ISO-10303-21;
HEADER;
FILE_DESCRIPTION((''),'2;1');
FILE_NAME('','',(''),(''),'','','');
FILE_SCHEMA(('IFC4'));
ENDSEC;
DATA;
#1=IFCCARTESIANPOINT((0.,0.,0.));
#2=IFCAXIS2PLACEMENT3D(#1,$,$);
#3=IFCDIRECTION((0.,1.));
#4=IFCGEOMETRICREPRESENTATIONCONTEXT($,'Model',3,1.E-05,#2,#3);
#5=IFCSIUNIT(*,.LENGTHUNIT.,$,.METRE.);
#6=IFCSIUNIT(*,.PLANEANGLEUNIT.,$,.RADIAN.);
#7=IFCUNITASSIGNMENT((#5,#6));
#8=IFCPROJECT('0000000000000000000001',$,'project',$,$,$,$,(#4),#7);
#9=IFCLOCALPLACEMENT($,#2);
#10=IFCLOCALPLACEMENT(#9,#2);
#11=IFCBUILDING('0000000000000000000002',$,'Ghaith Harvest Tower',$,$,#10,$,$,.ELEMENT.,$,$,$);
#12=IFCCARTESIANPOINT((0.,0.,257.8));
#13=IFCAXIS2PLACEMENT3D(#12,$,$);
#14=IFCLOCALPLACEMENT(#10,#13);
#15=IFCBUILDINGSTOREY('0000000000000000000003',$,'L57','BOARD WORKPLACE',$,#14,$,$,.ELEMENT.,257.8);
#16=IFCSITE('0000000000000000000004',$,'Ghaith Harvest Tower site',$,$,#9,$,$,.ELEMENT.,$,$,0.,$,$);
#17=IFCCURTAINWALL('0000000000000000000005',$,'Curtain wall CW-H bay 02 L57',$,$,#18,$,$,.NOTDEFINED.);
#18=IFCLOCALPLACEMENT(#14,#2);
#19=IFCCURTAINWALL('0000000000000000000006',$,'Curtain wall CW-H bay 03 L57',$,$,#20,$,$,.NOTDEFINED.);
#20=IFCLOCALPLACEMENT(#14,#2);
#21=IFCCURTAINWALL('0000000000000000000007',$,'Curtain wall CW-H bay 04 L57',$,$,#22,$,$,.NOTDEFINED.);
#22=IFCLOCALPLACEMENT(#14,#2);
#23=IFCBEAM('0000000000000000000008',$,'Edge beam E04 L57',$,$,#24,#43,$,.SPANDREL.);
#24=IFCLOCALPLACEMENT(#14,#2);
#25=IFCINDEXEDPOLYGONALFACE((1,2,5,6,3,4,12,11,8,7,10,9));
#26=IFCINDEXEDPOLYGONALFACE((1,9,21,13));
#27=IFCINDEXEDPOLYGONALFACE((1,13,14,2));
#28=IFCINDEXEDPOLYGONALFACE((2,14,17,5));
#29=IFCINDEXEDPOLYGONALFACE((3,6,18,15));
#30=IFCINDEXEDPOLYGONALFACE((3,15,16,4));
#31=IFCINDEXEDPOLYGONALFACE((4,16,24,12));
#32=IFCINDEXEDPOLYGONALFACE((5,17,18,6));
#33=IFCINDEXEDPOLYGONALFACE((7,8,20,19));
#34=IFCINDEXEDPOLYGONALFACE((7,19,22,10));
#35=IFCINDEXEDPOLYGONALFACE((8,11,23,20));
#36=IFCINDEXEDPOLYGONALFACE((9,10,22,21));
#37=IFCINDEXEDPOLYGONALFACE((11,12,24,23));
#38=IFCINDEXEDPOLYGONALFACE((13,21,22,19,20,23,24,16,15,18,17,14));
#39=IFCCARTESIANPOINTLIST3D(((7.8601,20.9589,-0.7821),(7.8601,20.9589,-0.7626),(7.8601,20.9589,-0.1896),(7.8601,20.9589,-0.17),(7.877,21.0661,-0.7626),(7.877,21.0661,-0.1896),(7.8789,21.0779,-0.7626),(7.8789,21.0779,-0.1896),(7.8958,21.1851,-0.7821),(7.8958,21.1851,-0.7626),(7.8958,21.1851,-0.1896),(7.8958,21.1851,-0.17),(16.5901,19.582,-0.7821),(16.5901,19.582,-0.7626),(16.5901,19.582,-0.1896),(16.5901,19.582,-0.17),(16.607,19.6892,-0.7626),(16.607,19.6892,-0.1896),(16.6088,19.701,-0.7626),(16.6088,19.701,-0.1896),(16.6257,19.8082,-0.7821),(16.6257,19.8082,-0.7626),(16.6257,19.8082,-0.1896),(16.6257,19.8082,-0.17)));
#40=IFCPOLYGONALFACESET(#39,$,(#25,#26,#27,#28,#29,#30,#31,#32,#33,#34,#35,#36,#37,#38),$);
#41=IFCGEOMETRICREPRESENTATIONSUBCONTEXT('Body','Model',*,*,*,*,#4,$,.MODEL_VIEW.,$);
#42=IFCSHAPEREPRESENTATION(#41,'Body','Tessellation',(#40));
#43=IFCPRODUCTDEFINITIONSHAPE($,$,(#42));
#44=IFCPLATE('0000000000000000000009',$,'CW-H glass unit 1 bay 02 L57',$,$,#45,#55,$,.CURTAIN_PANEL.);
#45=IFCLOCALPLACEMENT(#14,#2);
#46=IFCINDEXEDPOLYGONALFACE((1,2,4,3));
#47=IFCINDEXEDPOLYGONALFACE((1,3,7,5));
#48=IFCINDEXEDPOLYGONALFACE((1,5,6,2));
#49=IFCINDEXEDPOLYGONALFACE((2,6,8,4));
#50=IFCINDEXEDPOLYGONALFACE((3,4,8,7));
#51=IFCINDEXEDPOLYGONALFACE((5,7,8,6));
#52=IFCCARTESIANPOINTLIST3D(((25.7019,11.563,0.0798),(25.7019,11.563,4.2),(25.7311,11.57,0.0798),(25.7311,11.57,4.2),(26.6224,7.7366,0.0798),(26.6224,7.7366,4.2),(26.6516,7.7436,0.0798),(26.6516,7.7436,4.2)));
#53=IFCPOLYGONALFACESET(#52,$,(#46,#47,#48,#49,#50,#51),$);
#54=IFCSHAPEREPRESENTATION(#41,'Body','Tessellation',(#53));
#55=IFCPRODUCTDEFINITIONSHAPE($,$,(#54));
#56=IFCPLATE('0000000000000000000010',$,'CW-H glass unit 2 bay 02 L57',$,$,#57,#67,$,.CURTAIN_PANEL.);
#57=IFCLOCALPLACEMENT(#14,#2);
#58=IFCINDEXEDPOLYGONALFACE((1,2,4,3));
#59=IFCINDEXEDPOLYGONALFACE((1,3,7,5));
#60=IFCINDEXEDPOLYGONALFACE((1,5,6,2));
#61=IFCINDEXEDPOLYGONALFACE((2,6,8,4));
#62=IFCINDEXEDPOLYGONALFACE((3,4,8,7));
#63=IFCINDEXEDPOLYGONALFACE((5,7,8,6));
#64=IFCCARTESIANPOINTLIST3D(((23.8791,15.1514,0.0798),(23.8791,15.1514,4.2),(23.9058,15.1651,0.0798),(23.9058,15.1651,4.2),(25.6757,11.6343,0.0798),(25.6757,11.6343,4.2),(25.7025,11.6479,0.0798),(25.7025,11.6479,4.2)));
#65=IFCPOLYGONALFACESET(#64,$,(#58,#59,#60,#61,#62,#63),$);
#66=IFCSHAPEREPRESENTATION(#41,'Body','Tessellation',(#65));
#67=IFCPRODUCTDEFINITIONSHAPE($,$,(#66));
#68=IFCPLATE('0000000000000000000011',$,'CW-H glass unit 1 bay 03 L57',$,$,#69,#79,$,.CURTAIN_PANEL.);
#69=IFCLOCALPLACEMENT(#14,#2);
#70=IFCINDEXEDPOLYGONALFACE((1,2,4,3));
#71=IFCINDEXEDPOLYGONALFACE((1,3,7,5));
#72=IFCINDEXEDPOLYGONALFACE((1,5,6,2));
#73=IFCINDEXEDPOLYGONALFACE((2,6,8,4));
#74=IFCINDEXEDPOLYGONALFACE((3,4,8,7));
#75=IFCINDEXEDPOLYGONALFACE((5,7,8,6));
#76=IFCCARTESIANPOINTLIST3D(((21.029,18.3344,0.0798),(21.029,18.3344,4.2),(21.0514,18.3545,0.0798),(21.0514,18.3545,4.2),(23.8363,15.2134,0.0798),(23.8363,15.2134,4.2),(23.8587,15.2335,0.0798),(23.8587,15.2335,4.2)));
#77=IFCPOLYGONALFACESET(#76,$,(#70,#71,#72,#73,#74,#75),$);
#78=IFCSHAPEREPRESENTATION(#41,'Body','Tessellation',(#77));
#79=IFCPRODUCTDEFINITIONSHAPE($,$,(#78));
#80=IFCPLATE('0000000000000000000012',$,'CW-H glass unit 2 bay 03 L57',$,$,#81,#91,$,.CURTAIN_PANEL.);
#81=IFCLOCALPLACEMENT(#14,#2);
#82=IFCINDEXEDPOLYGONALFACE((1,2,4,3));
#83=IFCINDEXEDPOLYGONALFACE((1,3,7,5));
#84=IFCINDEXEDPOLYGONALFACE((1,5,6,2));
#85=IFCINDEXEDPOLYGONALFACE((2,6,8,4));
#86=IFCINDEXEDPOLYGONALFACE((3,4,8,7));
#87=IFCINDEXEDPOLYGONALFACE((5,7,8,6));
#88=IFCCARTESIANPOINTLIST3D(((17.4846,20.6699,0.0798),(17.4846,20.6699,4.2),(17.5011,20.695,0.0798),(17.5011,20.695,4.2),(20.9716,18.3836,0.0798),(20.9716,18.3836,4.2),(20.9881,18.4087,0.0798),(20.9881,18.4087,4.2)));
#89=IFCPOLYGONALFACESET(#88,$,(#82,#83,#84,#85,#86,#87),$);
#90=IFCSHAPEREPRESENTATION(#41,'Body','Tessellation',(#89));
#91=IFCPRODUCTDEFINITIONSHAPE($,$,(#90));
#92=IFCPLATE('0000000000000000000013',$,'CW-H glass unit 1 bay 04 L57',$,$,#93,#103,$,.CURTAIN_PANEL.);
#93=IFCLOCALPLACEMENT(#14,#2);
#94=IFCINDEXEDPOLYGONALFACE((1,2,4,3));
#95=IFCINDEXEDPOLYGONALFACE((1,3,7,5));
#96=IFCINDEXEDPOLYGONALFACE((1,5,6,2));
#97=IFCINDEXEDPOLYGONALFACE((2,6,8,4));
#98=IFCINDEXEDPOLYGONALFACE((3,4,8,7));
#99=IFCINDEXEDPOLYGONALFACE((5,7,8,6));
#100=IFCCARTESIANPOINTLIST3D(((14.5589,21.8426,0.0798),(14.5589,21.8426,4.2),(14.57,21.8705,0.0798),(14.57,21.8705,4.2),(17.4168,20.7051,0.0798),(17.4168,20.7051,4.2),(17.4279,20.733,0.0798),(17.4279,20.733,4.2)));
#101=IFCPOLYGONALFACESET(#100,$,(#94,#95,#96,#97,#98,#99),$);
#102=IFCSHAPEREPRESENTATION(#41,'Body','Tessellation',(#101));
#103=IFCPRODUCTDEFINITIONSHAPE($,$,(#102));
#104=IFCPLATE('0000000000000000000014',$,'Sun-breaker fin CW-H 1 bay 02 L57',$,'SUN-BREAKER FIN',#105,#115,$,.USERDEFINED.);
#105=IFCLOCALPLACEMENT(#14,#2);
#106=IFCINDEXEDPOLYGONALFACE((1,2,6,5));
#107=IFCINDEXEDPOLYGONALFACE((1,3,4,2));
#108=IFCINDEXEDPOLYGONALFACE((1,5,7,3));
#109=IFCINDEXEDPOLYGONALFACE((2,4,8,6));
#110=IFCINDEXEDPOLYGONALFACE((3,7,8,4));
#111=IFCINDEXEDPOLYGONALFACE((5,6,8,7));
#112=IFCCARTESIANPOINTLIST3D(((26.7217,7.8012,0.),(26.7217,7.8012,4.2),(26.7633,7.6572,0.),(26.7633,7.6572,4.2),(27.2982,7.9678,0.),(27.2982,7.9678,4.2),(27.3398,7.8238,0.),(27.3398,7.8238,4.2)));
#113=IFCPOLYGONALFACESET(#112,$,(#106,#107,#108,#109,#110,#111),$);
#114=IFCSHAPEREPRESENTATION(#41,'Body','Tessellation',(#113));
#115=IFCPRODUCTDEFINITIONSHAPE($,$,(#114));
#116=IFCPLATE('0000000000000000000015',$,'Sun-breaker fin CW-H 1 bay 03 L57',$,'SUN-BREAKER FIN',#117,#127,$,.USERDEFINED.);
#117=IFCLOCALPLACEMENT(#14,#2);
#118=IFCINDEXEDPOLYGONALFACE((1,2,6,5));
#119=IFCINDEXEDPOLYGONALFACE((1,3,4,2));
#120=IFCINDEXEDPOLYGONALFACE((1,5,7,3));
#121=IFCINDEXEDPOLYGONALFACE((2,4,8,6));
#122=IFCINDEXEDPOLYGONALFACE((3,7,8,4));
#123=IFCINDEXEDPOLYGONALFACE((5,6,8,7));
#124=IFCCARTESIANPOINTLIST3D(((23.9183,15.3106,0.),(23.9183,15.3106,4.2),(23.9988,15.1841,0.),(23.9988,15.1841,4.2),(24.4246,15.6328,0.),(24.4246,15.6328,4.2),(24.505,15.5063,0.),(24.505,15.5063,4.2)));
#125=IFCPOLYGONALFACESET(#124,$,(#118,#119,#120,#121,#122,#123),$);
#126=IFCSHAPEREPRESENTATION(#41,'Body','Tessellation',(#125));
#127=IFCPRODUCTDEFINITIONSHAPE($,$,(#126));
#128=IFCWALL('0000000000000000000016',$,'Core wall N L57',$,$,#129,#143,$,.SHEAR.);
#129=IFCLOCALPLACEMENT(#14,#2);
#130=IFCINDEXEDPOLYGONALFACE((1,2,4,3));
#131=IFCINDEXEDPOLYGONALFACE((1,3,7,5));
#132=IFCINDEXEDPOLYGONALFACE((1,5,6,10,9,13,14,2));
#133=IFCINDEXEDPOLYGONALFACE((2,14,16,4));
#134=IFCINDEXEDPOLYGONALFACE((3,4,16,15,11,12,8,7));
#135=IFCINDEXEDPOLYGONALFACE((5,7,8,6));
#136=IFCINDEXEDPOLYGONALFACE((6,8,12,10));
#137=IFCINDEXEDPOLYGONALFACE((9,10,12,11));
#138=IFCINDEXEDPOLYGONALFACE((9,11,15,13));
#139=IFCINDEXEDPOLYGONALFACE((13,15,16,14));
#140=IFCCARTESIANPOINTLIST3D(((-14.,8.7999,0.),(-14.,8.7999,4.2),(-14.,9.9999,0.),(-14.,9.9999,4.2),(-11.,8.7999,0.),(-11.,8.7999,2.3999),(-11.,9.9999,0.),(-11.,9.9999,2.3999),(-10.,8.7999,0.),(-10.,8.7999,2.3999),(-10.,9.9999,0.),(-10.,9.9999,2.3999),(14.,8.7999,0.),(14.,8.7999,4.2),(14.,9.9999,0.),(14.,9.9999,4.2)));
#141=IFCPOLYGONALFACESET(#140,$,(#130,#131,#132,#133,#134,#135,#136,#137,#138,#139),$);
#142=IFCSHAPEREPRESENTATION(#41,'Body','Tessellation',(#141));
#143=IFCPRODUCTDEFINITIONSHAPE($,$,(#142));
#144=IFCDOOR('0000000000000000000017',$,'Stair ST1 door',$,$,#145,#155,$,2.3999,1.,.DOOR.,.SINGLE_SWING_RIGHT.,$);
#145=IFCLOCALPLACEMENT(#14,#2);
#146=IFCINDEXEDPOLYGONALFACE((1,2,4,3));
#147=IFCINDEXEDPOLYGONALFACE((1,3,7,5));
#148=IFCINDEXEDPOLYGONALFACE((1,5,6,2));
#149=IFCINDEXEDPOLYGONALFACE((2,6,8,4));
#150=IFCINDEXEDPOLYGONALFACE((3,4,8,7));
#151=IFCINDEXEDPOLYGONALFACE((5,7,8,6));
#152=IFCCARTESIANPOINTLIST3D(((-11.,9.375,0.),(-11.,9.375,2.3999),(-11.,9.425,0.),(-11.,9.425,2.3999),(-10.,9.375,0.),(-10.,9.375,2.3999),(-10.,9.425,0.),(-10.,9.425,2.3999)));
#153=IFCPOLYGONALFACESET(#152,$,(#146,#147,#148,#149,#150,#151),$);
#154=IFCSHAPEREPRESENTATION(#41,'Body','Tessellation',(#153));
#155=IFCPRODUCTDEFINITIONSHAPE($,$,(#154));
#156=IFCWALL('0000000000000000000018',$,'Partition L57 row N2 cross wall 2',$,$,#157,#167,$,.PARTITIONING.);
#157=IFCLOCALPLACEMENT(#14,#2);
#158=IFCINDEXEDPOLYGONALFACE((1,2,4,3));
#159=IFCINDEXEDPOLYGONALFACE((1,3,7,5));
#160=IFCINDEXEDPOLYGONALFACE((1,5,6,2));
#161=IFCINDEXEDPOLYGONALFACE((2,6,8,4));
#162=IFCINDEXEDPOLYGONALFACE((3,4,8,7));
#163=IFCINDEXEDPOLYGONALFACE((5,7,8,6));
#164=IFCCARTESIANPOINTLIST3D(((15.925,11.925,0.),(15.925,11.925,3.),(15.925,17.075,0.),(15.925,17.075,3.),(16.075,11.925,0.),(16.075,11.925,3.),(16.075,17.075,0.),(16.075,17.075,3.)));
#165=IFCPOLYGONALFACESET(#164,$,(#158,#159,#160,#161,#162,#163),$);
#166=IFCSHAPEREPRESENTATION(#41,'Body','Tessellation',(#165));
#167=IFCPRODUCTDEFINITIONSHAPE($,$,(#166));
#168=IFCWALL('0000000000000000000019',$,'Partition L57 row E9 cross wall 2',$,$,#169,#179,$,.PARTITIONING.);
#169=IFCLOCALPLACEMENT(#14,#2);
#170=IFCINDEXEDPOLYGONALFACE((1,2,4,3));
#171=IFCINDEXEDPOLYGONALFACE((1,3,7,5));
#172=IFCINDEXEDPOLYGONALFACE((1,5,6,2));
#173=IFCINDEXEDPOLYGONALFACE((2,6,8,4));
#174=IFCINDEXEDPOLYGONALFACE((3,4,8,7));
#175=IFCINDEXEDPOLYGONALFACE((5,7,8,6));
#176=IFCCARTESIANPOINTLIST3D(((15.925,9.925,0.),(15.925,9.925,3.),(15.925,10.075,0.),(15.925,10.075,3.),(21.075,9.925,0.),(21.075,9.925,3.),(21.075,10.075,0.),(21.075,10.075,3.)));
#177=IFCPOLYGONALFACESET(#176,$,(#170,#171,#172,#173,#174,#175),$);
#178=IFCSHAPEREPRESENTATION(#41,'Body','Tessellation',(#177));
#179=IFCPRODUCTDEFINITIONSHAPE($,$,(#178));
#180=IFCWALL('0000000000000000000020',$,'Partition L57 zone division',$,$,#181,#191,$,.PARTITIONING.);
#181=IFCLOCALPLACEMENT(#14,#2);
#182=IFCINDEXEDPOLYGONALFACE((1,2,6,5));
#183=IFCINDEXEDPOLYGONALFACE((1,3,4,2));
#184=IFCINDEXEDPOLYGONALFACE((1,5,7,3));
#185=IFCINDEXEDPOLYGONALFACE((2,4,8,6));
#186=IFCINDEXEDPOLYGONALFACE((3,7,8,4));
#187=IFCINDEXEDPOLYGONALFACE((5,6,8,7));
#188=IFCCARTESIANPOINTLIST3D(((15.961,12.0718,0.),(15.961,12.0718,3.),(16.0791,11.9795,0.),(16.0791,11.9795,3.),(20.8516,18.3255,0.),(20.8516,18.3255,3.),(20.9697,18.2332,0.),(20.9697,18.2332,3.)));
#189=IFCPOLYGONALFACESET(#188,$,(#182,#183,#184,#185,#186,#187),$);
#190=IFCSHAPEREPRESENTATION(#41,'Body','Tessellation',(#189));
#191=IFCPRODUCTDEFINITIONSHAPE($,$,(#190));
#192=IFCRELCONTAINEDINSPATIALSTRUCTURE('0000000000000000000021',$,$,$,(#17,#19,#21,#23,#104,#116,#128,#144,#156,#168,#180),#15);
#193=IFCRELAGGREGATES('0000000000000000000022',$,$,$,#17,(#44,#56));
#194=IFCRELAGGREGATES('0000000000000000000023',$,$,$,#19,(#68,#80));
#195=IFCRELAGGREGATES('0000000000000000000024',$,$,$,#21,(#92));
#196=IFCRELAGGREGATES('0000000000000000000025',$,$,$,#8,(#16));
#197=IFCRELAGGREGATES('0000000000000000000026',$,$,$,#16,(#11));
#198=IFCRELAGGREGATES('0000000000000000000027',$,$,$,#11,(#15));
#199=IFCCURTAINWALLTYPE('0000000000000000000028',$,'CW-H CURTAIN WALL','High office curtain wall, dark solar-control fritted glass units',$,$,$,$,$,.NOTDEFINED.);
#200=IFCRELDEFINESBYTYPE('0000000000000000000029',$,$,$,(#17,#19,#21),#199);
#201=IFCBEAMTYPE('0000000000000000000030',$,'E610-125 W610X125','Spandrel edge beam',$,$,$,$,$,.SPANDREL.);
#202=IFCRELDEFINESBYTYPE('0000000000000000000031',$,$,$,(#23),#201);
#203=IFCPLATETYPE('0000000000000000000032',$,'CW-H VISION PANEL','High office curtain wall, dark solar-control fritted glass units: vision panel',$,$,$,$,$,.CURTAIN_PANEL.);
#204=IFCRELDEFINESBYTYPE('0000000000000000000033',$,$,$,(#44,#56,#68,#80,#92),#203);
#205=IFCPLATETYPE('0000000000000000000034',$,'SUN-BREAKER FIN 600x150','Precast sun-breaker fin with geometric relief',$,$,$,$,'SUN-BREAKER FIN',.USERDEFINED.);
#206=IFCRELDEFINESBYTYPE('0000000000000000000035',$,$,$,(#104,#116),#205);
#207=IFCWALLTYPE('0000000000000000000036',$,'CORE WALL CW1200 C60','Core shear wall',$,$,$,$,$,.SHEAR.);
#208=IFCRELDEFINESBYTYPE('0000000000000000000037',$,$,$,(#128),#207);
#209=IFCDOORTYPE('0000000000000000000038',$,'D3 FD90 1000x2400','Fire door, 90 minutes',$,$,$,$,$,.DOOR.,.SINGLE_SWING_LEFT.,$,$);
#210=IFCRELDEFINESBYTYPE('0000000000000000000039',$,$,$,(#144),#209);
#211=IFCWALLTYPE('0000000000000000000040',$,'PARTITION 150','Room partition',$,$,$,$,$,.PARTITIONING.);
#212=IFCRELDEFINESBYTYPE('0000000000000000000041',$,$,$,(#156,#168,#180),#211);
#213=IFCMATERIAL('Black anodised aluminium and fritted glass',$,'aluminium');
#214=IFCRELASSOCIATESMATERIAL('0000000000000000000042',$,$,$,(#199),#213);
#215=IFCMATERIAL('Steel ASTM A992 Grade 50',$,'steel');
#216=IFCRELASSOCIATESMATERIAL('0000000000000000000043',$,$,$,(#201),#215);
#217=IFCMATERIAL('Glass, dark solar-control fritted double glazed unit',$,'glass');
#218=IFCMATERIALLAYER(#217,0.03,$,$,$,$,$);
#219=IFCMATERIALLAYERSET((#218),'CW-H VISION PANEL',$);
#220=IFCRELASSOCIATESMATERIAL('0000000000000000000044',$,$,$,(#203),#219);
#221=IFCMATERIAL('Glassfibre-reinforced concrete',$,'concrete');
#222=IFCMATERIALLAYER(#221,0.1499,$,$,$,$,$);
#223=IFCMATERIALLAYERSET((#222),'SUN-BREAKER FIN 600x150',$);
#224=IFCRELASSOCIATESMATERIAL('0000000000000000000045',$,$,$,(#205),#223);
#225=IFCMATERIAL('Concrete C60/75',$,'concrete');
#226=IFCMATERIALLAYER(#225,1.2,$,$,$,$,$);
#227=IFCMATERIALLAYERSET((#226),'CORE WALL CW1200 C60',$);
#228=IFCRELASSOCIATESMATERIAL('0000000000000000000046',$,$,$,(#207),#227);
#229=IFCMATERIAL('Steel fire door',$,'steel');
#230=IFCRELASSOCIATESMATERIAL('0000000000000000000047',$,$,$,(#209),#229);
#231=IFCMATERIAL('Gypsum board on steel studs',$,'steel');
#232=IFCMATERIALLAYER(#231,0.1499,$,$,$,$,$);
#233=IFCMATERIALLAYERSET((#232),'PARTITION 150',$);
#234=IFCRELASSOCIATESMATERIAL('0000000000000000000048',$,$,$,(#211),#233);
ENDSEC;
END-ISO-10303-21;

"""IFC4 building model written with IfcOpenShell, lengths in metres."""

from ifc_helpers import new_model, si_unit, direction, frame, frame_2d, origin, origin_2d, place, context, subcontext, project, spatial, rectangle, i_section, extrude, material, layer, layer_set, material_profile, profile_set, type_object, element, fill, aggregate, save


model = new_model("IFC4")

# Units and contexts
model_context = context("Model", 3, precision=1e-05, world=origin(), true_north=direction((0.0, 1.0)))
body_context = subcontext(model_context, "Body", "Model", "MODEL_VIEW")
ifc_project = project(units=[si_unit("LENGTHUNIT", "METRE"), si_unit("PLANEANGLEUNIT", "RADIAN")], contexts=[model_context])

# Site, building, storey
site_placement = place(None, origin())
site = spatial("IfcSite", under=ifc_project, at=site_placement, Name="Ghaith Harvest Tower site", CompositionType="ELEMENT", RefElevation=0.0)
building_placement = place(site_placement, origin())
building = spatial("IfcBuilding", under=site, at=building_placement, Name="Ghaith Harvest Tower", CompositionType="ELEMENT")
storey_placement = place(building_placement, frame((0.0, 0.0, 257.8)))
storey = spatial("IfcBuildingStorey", under=building, at=storey_placement, Name="L57", Description="BOARD WORKPLACE", CompositionType="ELEMENT", Elevation=257.8)

# Curtain wall
ifc_material_1 = material(Name="Black anodised aluminium and fritted glass", Category="aluminium")
curtain_wall_type = type_object("IfcCurtainWallType", Name="CW-H CURTAIN WALL", Description="High office curtain wall, dark solar-control fritted glass units", PredefinedType="NOTDEFINED", material=ifc_material_1)
curtain_wall_1_placement = place(storey_placement, origin())
curtain_wall_1 = element("IfcCurtainWall", 1, at=curtain_wall_1_placement, inside=storey, type_object=curtain_wall_type, Name="Curtain wall CW-H bay 02 L57", PredefinedType="NOTDEFINED")

# Curtain walls
curtain_wall_2_placement = place(storey_placement, origin())
curtain_wall_2 = element("IfcCurtainWall", 2, at=curtain_wall_2_placement, inside=storey, type_object=curtain_wall_type, Name="Curtain wall CW-H bay 03 L57", PredefinedType="NOTDEFINED")
curtain_wall_3_placement = place(storey_placement, origin())
curtain_wall_3 = element("IfcCurtainWall", 3, at=curtain_wall_3_placement, inside=storey, type_object=curtain_wall_type, Name="Curtain wall CW-H bay 04 L57", PredefinedType="NOTDEFINED")

# Beam
ifc_material_2 = material(Name="Steel ASTM A992 Grade 50", Category="steel")
ifc_material_profile_1 = material_profile(ifc_material_2, i_section(OverallWidth=0.229, OverallDepth=0.6121, WebThickness=0.012, FlangeThickness=0.0195, at=origin_2d()), Name="W610X125")
ifc_profile_set_1 = profile_set([ifc_material_profile_1], Name="Steel ASTM A992 Grade 50")
beam_type = type_object("IfcBeamType", Name="E610-125 W610X125", Description="Spandrel edge beam", PredefinedType="SPANDREL", material=ifc_profile_set_1)
beam_1_placement = place(storey_placement, frame((16.6079, 19.6951, -0.4761), z_axis=(-0.987788, 0.155801, 0.0), x_axis=(-0.155801, -0.987788, 0.0)))
element("IfcBeam", 4, at=beam_1_placement, inside=storey, type_object=beam_type, Name="Edge beam E04 L57", PredefinedType="SPANDREL", context=body_context, shape_type="SweptSolid", body=[
    extrude(i_section(OverallWidth=0.229, OverallDepth=0.6121, WebThickness=0.012, FlangeThickness=0.0195, at=origin_2d()), origin(), (0.0, 0.0, 1.0), 8.8379),
])

# Plates
ifc_material_3 = material(Name="Glass, dark solar-control fritted double glazed unit", Category="glass")
ifc_layer_1 = layer(ifc_material_3, 0.03)
ifc_layer_set_1 = layer_set([ifc_layer_1], Name="CW-H VISION PANEL")
plate_type_1 = type_object("IfcPlateType", Name="CW-H VISION PANEL", Description="High office curtain wall, dark solar-control fritted glass units: vision panel", PredefinedType="CURTAIN_PANEL", material=ifc_layer_set_1)
plate_1_placement = place(storey_placement, frame((26.1768, 9.6533, 0.0798), z_axis=(0.0, 0.0, 1.0), x_axis=(-0.233894, 0.972262, 0.0)))
plate_1 = element("IfcPlate", 5, at=plate_1_placement, type_object=plate_type_1, Name="CW-H glass unit 1 bay 02 L57", PredefinedType="CURTAIN_PANEL", context=body_context, shape_type="SweptSolid", body=[
    extrude(rectangle(XDim=3.9355, YDim=0.03, at=origin_2d()), origin(), (0.0, 0.0, 1.0), 4.1201),
])
plate_2_placement = place(storey_placement, frame((24.7908, 13.3997, 0.0798), z_axis=(0.0, 0.0, 1.0), x_axis=(-0.454915, 0.890535, 0.0)))
plate_2 = element("IfcPlate", 6, at=plate_2_placement, type_object=plate_type_1, Name="CW-H glass unit 2 bay 02 L57", PredefinedType="CURTAIN_PANEL", context=body_context, shape_type="SweptSolid", body=[
    extrude(rectangle(XDim=3.9495, YDim=0.03, at=origin_2d()), origin(), (0.0, 0.0, 1.0), 4.1201),
])
aggregate(curtain_wall_1, [plate_1, plate_2])
plate_3_placement = place(storey_placement, frame((22.4438, 16.7839, 0.0798), z_axis=(0.0, 0.0, 1.0), x_axis=(-0.668758, 0.74348, 0.0)))
plate_3 = element("IfcPlate", 7, at=plate_3_placement, type_object=plate_type_1, Name="CW-H glass unit 1 bay 03 L57", PredefinedType="CURTAIN_PANEL", context=body_context, shape_type="SweptSolid", body=[
    extrude(rectangle(XDim=4.1978, YDim=0.03, at=origin_2d()), origin(), (0.0, 0.0, 1.0), 4.1201),
])
plate_4_placement = place(storey_placement, frame((19.2363, 19.5393, 0.0798), z_axis=(0.0, 0.0, 1.0), x_axis=(-0.836277, 0.548308, 0.0)))
plate_4 = element("IfcPlate", 8, at=plate_4_placement, type_object=plate_type_1, Name="CW-H glass unit 2 bay 03 L57", PredefinedType="CURTAIN_PANEL", context=body_context, shape_type="SweptSolid", body=[
    extrude(rectangle(XDim=4.1697, YDim=0.03, at=origin_2d()), origin(), (0.0, 0.0, 1.0), 4.1201),
])
aggregate(curtain_wall_2, [plate_3, plate_4])
plate_5_placement = place(storey_placement, frame((15.9934, 21.2878, 0.0798), z_axis=(0.0, 0.0, 1.0), x_axis=(-0.929107, 0.36981, 0.0)))
plate_5 = element("IfcPlate", 9, at=plate_5_placement, type_object=plate_type_1, Name="CW-H glass unit 1 bay 04 L57", PredefinedType="CURTAIN_PANEL", context=body_context, shape_type="SweptSolid", body=[
    extrude(rectangle(XDim=3.0759, YDim=0.03, at=origin_2d()), origin(), (0.0, 0.0, 1.0), 4.1201),
])
aggregate(curtain_wall_3, [plate_5])

# Plates
ifc_material_4 = material(Name="Glassfibre-reinforced concrete", Category="concrete")
ifc_layer_2 = layer(ifc_material_4, 0.1499)
ifc_layer_set_2 = layer_set([ifc_layer_2], Name="SUN-BREAKER FIN 600x150")
plate_type_2 = type_object("IfcPlateType", Name="SUN-BREAKER FIN 600x150", Description="Precast sun-breaker fin with geometric relief", ElementType="SUN-BREAKER FIN", PredefinedType="USERDEFINED", material=ifc_layer_set_2)
for number, where, z_axis, x_axis, name in (
    (10, (27.0308, 7.8125, 0.0), (0.0, 0.0, 1.0), (0.96068, 0.277657, 0.0), "Sun-breaker fin CW-H 1 bay 02 L57"),
    (11, (24.2117, 15.4084, 0.0), (0.0, 0.0, 1.0), (0.843644, 0.536903, 0.0), "Sun-breaker fin CW-H 1 bay 03 L57"),
):
    element("IfcPlate", number, at=place(storey_placement, frame(where, z_axis=z_axis, x_axis=x_axis)), inside=storey, type_object=plate_type_2, Name=name, ObjectType="SUN-BREAKER FIN", PredefinedType="USERDEFINED", context=body_context, shape_type="SweptSolid", body=[
        extrude(rectangle(XDim=0.6001, YDim=0.1499, at=origin_2d()), origin(), (0.0, 0.0, 1.0), 4.2),
    ])

# Wall, opening, door
ifc_material_5 = material(Name="Concrete C60/75", Category="concrete")
ifc_layer_3 = layer(ifc_material_5, 1.2)
ifc_layer_set_3 = layer_set([ifc_layer_3], Name="CORE WALL CW1200 C60")
wall_type_1 = type_object("IfcWallType", Name="CORE WALL CW1200 C60", Description="Core shear wall", PredefinedType="SHEAR", material=ifc_layer_set_3)
wall_1_placement = place(storey_placement, frame((14.0, 9.3999, 0.0), z_axis=(0.0, 0.0, 1.0), x_axis=(-1.0, 0.0, 0.0)))
wall_1 = element("IfcWall", 12, at=wall_1_placement, inside=storey, type_object=wall_type_1, Name="Core wall N L57", PredefinedType="SHEAR", context=body_context, shape_type="SweptSolid", body=[
    extrude(rectangle(XDim=28.0, YDim=1.2, at=frame_2d((14.0, 0.0))), origin(), (0.0, 0.0, 1.0), 4.2),
])
opening_placement = place(wall_1_placement, frame((24.0, 0.0, 0.0)))
opening = element("IfcOpeningElement", 13, at=opening_placement, cuts=wall_1, PredefinedType="OPENING", context=body_context, shape_type="SweptSolid", body=[
    extrude(rectangle(XDim=1.0, YDim=2.3999, at=frame_2d((0.5, 1.2))), frame((0.0, 0.6099, 0.0), z_axis=(0.0, -1.0, 0.0), x_axis=(1.0, 0.0, 0.0)), (0.0, 0.0, 1.0), 1.22),
])
ifc_material_6 = material(Name="Steel fire door", Category="steel")
door_type = type_object("IfcDoorType", Name="D3 FD90 1000x2400", Description="Fire door, 90 minutes", OperationType="SINGLE_SWING_LEFT", PredefinedType="DOOR", material=ifc_material_6)
door_placement = place(opening_placement, origin())
door = element("IfcDoor", 14, at=door_placement, inside=storey, type_object=door_type, Name="Stair ST1 door", OperationType="SINGLE_SWING_RIGHT", OverallHeight=2.3999, OverallWidth=1.0, PredefinedType="DOOR", context=body_context, shape_type="SweptSolid", body=[
    extrude(rectangle(XDim=1.0, YDim=2.3999, at=frame_2d((0.5, 1.2))), frame((0.0, 0.0249, 0.0), z_axis=(0.0, -1.0, 0.0), x_axis=(1.0, 0.0, 0.0)), (0.0, 0.0, 1.0), 0.05),
])
fill(opening, door)

# Walls
ifc_material_7 = material(Name="Gypsum board on steel studs", Category="steel")
ifc_layer_4 = layer(ifc_material_7, 0.1499)
ifc_layer_set_4 = layer_set([ifc_layer_4], Name="PARTITION 150")
wall_type_2 = type_object("IfcWallType", Name="PARTITION 150", Description="Room partition", PredefinedType="PARTITIONING", material=ifc_layer_set_4)
for number, where, z_axis, x_axis, name in (
    (15, (16.0, 11.925, 0.0), (0.0, 0.0, 1.0), (0.0, 1.0, 0.0), "Partition L57 row N2 cross wall 2"),
    (16, (15.925, 10.0, 0.0), (0.0, 0.0, 1.0), (1.0, 0.0, 0.0), "Partition L57 row E9 cross wall 2"),
):
    element("IfcWall", number, at=place(storey_placement, frame(where, z_axis=z_axis, x_axis=x_axis)), inside=storey, type_object=wall_type_2, Name=name, PredefinedType="PARTITIONING", context=body_context, shape_type="SweptSolid", body=[
        extrude(rectangle(XDim=5.1499, YDim=0.1499, at=frame_2d((2.575, 0.0))), origin(), (0.0, 0.0, 1.0), 3.0),
    ])
wall_2_placement = place(storey_placement, frame((16.02, 12.0256, 0.0), z_axis=(0.0, 0.0, 1.0), x_axis=(0.616031, 0.787722, 0.0)))
element("IfcWall", 17, at=wall_2_placement, inside=storey, type_object=wall_type_2, Name="Partition L57 zone division", PredefinedType="PARTITIONING", context=body_context, shape_type="SweptSolid", body=[
    extrude(rectangle(XDim=7.939, YDim=0.1499, at=frame_2d((3.9695, 0.0))), origin(), (0.0, 0.0, 1.0), 3.0),
])

save(model, "model.ifc")
